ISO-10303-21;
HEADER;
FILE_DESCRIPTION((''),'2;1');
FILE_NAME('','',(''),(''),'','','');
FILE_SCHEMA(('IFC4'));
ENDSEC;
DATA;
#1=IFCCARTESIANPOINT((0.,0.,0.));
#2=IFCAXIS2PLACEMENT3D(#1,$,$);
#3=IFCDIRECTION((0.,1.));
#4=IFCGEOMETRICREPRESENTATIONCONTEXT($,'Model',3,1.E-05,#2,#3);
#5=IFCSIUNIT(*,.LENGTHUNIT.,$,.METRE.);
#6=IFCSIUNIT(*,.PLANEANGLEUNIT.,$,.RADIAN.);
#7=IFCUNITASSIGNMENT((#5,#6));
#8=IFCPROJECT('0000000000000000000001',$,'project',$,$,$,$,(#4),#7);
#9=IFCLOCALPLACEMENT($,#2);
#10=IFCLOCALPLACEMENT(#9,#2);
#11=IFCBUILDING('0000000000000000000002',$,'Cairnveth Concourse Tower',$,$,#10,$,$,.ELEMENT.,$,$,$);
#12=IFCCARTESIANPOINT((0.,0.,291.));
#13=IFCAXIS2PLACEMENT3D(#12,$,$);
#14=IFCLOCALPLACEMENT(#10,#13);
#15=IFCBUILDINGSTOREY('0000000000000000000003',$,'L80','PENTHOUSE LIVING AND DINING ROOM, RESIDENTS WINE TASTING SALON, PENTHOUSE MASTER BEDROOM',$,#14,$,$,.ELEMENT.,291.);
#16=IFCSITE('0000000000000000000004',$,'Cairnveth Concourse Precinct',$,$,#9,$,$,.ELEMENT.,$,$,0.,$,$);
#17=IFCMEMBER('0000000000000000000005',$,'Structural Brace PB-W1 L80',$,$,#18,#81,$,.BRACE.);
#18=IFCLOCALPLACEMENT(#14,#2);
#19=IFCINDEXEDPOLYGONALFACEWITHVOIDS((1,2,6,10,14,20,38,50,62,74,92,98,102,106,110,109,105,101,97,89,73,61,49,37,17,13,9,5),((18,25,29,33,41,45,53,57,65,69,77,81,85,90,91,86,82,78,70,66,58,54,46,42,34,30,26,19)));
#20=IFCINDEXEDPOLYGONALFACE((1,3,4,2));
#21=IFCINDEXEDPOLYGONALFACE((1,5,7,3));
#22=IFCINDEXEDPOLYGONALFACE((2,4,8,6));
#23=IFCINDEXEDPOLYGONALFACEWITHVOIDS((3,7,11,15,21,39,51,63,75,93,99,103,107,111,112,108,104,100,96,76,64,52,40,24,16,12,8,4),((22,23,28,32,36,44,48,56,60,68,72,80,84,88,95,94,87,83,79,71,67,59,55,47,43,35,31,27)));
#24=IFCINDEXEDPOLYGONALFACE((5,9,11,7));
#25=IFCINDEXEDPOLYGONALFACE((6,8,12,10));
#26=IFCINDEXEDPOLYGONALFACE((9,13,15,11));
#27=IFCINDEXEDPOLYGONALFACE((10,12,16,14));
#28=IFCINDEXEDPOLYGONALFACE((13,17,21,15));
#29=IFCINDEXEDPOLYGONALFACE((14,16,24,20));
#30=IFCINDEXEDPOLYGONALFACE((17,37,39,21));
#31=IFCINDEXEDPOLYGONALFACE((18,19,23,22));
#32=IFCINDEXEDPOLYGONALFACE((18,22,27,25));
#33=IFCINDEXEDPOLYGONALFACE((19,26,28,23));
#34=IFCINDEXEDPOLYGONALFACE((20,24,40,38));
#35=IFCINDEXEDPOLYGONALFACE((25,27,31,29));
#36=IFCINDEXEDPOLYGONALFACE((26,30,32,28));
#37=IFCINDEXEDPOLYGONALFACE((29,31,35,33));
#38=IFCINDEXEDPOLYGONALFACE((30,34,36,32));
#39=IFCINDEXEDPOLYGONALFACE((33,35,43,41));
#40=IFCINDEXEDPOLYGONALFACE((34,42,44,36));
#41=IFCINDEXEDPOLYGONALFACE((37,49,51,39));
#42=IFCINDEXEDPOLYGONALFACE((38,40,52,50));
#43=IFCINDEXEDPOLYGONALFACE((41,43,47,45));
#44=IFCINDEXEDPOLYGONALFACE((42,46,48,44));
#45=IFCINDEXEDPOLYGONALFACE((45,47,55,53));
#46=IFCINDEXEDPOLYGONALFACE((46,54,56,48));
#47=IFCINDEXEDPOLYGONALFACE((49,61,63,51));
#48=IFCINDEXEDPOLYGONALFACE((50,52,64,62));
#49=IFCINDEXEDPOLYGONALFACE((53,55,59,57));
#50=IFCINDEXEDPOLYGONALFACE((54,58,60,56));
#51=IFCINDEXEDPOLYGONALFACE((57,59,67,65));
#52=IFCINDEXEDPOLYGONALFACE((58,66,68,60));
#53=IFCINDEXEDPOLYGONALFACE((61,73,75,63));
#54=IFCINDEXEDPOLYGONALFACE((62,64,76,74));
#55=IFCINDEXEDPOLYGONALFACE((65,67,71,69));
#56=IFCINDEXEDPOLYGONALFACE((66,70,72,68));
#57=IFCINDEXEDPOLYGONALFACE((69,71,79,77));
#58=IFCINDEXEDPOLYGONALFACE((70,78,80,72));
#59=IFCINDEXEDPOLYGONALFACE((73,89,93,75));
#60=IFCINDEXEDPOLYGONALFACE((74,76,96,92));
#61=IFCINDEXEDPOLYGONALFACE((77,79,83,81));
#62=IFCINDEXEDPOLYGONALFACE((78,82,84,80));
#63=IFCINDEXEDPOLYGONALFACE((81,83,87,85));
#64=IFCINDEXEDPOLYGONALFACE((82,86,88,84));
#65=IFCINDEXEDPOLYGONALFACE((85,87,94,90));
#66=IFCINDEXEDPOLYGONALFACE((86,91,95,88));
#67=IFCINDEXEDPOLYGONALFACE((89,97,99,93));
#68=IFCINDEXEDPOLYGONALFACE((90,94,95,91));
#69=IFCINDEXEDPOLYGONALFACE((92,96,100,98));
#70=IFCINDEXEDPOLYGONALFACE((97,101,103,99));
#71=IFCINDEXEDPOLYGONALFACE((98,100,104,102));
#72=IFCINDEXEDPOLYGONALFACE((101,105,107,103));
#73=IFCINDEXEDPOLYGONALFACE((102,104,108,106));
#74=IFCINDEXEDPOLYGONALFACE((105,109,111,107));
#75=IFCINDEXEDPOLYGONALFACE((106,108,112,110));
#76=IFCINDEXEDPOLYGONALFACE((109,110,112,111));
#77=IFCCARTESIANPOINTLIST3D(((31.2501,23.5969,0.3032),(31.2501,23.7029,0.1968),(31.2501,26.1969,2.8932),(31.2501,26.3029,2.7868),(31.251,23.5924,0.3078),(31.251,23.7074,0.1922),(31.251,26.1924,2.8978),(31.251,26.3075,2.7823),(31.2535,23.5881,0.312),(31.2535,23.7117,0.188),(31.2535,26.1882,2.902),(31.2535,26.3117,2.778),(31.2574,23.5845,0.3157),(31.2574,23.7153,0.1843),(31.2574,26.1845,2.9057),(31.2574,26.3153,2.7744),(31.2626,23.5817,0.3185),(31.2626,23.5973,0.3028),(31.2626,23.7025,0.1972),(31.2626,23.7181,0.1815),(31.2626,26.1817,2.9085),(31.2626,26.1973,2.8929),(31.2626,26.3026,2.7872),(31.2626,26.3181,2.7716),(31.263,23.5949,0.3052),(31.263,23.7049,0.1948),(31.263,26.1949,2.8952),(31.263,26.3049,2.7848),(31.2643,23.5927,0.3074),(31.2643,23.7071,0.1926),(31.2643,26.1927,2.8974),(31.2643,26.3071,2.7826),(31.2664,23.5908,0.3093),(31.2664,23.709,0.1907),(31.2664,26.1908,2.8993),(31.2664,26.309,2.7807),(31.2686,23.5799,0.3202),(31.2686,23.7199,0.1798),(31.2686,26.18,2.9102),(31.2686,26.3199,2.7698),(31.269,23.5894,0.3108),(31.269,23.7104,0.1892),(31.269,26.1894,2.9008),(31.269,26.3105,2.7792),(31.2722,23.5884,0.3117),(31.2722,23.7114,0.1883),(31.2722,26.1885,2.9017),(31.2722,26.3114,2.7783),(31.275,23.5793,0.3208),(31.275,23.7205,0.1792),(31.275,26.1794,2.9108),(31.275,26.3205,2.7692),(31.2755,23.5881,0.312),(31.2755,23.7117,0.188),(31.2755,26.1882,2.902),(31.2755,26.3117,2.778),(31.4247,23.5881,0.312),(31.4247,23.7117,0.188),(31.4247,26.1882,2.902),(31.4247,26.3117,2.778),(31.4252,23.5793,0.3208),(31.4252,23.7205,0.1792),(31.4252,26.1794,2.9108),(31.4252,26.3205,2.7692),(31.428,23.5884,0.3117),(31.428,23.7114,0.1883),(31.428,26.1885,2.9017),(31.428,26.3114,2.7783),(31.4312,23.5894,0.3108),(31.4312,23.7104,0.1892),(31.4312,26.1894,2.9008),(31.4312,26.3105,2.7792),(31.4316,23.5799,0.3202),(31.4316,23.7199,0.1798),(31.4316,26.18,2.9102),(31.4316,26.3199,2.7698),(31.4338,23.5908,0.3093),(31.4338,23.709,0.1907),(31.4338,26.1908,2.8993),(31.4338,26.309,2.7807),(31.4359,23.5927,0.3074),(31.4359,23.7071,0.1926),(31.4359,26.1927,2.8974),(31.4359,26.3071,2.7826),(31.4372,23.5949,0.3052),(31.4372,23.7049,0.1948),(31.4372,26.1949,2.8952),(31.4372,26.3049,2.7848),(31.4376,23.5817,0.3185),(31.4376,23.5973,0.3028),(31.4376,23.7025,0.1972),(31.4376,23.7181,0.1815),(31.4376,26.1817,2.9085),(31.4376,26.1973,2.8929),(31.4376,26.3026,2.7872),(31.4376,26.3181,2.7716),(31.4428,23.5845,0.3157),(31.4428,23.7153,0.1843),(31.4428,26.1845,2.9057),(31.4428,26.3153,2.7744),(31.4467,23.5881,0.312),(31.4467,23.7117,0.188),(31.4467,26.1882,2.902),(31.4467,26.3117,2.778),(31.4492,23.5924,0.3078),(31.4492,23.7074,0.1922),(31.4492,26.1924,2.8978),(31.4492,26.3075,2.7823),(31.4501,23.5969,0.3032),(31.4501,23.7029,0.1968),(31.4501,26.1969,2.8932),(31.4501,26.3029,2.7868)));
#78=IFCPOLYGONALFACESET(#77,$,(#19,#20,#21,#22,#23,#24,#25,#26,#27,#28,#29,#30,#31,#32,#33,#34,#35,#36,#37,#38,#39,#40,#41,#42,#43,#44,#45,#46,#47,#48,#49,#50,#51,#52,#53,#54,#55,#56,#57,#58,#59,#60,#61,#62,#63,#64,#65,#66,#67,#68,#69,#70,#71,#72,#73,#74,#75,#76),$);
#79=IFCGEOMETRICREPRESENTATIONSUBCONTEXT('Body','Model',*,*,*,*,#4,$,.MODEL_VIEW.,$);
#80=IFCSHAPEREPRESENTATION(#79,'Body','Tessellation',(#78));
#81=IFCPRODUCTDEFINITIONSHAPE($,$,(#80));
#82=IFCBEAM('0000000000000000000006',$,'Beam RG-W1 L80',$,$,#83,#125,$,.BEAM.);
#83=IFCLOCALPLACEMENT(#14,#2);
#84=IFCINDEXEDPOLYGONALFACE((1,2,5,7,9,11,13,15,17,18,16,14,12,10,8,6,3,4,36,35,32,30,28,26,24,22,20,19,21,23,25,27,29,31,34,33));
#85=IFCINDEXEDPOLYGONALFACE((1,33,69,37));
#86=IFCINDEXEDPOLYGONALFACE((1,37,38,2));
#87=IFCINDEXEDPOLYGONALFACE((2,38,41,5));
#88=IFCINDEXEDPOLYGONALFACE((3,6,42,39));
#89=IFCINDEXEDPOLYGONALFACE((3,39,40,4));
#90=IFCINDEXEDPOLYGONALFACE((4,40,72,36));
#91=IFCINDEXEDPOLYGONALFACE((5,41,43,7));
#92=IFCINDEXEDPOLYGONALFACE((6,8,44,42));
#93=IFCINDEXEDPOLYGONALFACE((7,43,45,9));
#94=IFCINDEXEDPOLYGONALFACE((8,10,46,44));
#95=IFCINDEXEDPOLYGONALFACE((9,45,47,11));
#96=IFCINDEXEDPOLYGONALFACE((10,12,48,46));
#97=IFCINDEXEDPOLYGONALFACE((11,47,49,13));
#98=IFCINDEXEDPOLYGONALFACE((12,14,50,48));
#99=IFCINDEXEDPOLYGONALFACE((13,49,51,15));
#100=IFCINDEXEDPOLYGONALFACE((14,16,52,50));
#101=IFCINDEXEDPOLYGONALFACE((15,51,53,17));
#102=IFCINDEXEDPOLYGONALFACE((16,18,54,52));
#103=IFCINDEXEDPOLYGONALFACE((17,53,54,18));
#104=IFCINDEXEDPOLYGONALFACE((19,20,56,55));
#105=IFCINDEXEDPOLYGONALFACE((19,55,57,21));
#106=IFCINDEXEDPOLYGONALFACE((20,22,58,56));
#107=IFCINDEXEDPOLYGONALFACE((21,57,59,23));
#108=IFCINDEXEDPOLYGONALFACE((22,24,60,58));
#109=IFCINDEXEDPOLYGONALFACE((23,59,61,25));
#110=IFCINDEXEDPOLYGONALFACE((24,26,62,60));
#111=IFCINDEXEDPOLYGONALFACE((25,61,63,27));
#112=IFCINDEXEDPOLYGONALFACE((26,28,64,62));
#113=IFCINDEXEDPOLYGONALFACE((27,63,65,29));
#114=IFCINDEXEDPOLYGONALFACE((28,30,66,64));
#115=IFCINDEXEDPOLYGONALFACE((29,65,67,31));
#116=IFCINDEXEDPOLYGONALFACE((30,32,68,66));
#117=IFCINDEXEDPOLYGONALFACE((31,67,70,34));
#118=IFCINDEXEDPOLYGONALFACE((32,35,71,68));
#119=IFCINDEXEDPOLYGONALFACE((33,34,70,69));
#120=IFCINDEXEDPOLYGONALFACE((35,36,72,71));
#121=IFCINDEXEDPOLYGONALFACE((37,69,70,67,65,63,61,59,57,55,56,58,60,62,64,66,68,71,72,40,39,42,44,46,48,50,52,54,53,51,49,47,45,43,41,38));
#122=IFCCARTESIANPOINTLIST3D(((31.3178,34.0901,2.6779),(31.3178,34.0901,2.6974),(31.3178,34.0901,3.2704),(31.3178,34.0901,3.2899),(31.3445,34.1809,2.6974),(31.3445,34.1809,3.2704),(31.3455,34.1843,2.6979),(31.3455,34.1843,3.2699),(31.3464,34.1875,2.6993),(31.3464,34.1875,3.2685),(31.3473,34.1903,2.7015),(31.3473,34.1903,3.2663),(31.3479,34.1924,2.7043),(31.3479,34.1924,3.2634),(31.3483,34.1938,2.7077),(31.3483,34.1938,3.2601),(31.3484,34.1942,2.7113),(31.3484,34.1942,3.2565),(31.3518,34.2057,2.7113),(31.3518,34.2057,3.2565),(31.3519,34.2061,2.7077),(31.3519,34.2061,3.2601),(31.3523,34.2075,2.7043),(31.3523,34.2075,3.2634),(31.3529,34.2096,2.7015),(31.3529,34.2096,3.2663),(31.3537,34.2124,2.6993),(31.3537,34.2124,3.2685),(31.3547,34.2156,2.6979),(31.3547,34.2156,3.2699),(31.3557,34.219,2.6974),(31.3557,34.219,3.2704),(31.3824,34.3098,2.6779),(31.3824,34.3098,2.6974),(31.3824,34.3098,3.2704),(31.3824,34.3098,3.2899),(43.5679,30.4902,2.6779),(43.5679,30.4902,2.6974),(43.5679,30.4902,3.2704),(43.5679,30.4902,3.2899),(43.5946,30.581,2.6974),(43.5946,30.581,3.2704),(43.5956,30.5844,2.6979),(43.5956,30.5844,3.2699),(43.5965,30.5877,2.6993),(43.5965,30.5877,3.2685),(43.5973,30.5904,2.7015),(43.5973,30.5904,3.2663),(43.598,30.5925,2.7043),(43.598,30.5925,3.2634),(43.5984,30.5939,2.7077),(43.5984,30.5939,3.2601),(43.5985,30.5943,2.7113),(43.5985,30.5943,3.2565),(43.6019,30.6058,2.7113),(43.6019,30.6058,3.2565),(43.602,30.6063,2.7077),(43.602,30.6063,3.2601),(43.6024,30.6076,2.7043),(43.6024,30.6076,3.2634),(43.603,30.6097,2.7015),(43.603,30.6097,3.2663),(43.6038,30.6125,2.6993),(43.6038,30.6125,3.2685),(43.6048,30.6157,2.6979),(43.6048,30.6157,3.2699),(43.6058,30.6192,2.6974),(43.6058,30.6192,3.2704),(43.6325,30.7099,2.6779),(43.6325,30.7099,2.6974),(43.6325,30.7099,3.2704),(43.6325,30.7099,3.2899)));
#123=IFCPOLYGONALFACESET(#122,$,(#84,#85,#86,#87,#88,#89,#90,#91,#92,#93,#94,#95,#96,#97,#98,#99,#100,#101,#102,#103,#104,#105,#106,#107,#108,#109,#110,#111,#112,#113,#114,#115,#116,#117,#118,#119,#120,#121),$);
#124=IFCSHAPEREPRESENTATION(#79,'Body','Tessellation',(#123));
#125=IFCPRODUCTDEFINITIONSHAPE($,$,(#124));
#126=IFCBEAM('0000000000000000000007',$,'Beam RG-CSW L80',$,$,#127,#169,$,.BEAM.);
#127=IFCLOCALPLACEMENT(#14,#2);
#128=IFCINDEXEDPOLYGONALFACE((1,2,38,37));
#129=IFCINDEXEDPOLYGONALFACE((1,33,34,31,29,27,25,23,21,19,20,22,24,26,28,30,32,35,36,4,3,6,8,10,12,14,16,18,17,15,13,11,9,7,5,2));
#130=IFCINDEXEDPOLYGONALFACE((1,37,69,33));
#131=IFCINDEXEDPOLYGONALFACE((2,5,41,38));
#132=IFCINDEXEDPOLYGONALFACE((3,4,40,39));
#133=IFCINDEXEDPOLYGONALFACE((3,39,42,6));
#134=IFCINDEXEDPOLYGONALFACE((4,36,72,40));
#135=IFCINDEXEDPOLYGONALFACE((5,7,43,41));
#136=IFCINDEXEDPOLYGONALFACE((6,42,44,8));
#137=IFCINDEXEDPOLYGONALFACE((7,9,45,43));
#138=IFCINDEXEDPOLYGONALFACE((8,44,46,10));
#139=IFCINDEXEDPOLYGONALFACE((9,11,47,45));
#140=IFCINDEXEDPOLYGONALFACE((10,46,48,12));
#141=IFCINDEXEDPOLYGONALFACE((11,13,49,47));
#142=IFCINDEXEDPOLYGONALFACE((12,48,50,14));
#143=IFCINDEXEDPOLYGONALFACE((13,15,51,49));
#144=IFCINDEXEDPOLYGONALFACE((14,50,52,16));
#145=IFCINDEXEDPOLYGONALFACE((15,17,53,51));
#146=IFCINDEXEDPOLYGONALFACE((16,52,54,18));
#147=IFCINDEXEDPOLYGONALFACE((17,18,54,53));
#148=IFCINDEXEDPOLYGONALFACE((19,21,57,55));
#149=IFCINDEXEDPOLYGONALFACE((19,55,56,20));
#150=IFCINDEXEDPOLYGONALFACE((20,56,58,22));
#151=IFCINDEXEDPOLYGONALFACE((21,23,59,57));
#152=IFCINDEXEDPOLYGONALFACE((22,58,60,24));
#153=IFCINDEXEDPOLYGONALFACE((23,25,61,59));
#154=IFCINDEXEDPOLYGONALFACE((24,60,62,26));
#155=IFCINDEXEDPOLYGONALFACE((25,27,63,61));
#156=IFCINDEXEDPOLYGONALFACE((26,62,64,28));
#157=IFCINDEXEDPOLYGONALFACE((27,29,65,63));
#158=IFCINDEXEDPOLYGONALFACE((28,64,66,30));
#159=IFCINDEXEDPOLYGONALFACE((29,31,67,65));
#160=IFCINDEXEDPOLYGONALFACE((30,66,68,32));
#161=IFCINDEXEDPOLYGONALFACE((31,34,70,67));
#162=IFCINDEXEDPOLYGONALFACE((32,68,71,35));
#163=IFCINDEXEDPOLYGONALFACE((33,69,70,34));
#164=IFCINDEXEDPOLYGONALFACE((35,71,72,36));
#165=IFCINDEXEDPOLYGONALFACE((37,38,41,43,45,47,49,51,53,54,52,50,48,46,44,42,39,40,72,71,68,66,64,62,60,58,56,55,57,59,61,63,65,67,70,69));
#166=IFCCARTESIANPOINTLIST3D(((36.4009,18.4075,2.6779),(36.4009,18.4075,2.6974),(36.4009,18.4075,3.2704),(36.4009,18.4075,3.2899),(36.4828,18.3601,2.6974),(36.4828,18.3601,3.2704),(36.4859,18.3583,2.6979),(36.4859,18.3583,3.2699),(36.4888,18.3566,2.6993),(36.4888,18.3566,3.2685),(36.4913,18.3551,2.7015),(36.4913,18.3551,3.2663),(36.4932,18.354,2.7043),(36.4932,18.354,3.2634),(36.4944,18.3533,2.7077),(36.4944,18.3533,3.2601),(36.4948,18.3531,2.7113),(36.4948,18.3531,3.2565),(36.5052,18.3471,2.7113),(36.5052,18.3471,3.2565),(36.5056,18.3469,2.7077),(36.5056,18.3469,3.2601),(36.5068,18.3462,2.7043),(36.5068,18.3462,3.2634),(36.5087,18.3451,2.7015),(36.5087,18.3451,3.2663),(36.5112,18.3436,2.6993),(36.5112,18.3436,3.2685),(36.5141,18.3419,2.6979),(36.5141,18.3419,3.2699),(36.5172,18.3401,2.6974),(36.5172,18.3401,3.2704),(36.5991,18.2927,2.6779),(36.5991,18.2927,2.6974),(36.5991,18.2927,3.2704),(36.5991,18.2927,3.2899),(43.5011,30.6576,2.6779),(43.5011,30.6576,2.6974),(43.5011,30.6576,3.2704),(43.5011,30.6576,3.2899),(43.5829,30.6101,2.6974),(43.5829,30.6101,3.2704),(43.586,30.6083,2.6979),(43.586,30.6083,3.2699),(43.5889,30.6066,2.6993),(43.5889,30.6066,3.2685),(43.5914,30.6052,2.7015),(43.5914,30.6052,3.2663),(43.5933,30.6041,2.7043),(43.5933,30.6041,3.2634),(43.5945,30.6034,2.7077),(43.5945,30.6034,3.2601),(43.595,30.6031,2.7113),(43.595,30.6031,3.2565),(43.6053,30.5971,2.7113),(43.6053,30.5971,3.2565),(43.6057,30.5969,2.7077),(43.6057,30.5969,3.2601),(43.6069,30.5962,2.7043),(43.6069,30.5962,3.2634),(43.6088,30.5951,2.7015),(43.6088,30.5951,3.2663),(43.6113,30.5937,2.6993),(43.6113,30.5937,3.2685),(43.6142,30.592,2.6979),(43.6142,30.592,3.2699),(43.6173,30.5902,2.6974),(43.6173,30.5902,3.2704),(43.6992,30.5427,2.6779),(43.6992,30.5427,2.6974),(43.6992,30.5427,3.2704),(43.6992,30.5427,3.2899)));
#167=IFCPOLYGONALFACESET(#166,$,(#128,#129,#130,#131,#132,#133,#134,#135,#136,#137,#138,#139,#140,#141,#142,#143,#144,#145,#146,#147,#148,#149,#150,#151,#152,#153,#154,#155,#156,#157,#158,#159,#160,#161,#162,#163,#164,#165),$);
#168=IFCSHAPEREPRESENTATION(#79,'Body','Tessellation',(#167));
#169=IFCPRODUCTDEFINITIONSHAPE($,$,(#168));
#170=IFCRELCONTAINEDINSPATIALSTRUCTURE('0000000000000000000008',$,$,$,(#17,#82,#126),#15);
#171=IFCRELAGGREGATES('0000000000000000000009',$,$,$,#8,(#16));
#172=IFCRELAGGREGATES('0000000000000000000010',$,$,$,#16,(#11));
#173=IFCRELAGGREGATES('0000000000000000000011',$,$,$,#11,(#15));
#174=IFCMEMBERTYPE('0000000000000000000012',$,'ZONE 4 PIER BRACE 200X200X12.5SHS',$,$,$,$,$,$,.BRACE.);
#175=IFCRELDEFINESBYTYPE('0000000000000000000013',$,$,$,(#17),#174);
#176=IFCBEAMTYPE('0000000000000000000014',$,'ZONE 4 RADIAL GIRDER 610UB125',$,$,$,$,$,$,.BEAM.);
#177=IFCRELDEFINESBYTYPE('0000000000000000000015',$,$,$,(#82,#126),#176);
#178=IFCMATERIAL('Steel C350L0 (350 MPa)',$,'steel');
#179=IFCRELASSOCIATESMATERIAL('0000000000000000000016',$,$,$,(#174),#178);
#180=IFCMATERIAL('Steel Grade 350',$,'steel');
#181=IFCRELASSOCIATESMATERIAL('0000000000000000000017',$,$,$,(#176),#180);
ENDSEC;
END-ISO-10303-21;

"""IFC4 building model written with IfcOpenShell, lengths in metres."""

from ifc_helpers import new_model, si_unit, direction, frame, origin, origin_2d, place, context, subcontext, project, spatial, hollow_rectangle, i_section, extrude, material, material_profile, profile_set, type_object, element, save


model = new_model("IFC4")

# Units and contexts
model_context = context("Model", 3, precision=1e-05, world=origin(), true_north=direction((0.0, 1.0)))
body_context = subcontext(model_context, "Body", "Model", "MODEL_VIEW")
ifc_project = project(units=[si_unit("LENGTHUNIT", "METRE"), si_unit("PLANEANGLEUNIT", "RADIAN")], contexts=[model_context])

# Site, building, storey
site_placement = place(None, origin())
site = spatial("IfcSite", under=ifc_project, at=site_placement, Name="Cairnveth Concourse Precinct", CompositionType="ELEMENT", RefElevation=0.0)
building_placement = place(site_placement, origin())
building = spatial("IfcBuilding", under=site, at=building_placement, Name="Cairnveth Concourse Tower", CompositionType="ELEMENT")
storey_placement = place(building_placement, frame((0.0, 0.0, 291.0)))
storey = spatial("IfcBuildingStorey", under=building, at=storey_placement, Name="L80", Description="PENTHOUSE LIVING AND DINING ROOM, RESIDENTS WINE TASTING SALON, PENTHOUSE MASTER BEDROOM", CompositionType="ELEMENT", Elevation=291.0)

# Shared definitions
ifc_material_1 = material(Name="Steel Grade 350", Category="steel")

# Member
ifc_material_2 = material(Name="Steel C350L0 (350 MPa)", Category="steel")
ifc_material_profile_1 = material_profile(ifc_material_2, hollow_rectangle(XDim=0.2, YDim=0.2, WallThickness=0.0125, InnerFilletRadius=0.0129, OuterFilletRadius=0.0249, at=origin_2d()), Name="200x200x12.5SHS")
ifc_profile_set_1 = profile_set([ifc_material_profile_1], Name="Steel C350L0 (350 MPa)")
member_type = type_object("IfcMemberType", Name="ZONE 4 PIER BRACE 200X200X12.5SHS", PredefinedType="BRACE", material=ifc_profile_set_1)
for number, where, z_axis, x_axis, name in (
    (1, (31.3501, 23.6499, 0.25), (0.0, 0.708469, 0.705742), (-1.0, 0.0, 0.0), "Structural Brace PB-W1 L80"),
):
    element("IfcMember", number, at=place(storey_placement, frame(where, z_axis=z_axis, x_axis=x_axis)), inside=storey, type_object=member_type, Name=name, PredefinedType="BRACE", context=body_context, shape_type="SweptSolid", body=[
        extrude(hollow_rectangle(XDim=0.2, YDim=0.2, WallThickness=0.0125, InnerFilletRadius=0.0129, OuterFilletRadius=0.0249, at=origin_2d()), origin(), (0.0, 0.0, 1.0), 3.6699),
    ])

# Beams
ifc_material_profile_2 = material_profile(ifc_material_1, i_section(OverallWidth=0.229, OverallDepth=0.6121, WebThickness=0.012, FlangeThickness=0.0195, FilletRadius=0.0139, at=origin_2d()), Name="610UB125")
ifc_profile_set_2 = profile_set([ifc_material_profile_2], Name="Steel Grade 350")
beam_type_1 = type_object("IfcBeamType", Name="ZONE 4 RADIAL GIRDER 610UB125", PredefinedType="BEAM", material=ifc_profile_set_2)
beam_1_placement = place(storey_placement, frame((31.3501, 34.2, 2.9839), z_axis=(0.959431, -0.281944, 0.0), x_axis=(0.281944, 0.959431, 0.0)))
element("IfcBeam", 2, at=beam_1_placement, inside=storey, type_object=beam_type_1, Name="Beam RG-W1 L80", PredefinedType="BEAM", context=body_context, shape_type="SweptSolid", body=[
    extrude(i_section(OverallWidth=0.229, OverallDepth=0.6121, WebThickness=0.012, FlangeThickness=0.0195, FilletRadius=0.0139, at=origin_2d()), origin(), (0.0, 0.0, 1.0), 12.7681),
])
beam_2_placement = place(storey_placement, frame((36.5, 18.3501, 2.9839), z_axis=(0.501459, 0.865181, 0.0), x_axis=(-0.865181, 0.501459, 0.0)))
element("IfcBeam", 3, at=beam_2_placement, inside=storey, type_object=beam_type_1, Name="Beam RG-CSW L80", PredefinedType="BEAM", context=body_context, shape_type="SweptSolid", body=[
    extrude(i_section(OverallWidth=0.229, OverallDepth=0.6121, WebThickness=0.012, FlangeThickness=0.0195, FilletRadius=0.0139, at=origin_2d()), origin(), (0.0, 0.0, 1.0), 14.1589),
])

save(model, "model.ifc")
